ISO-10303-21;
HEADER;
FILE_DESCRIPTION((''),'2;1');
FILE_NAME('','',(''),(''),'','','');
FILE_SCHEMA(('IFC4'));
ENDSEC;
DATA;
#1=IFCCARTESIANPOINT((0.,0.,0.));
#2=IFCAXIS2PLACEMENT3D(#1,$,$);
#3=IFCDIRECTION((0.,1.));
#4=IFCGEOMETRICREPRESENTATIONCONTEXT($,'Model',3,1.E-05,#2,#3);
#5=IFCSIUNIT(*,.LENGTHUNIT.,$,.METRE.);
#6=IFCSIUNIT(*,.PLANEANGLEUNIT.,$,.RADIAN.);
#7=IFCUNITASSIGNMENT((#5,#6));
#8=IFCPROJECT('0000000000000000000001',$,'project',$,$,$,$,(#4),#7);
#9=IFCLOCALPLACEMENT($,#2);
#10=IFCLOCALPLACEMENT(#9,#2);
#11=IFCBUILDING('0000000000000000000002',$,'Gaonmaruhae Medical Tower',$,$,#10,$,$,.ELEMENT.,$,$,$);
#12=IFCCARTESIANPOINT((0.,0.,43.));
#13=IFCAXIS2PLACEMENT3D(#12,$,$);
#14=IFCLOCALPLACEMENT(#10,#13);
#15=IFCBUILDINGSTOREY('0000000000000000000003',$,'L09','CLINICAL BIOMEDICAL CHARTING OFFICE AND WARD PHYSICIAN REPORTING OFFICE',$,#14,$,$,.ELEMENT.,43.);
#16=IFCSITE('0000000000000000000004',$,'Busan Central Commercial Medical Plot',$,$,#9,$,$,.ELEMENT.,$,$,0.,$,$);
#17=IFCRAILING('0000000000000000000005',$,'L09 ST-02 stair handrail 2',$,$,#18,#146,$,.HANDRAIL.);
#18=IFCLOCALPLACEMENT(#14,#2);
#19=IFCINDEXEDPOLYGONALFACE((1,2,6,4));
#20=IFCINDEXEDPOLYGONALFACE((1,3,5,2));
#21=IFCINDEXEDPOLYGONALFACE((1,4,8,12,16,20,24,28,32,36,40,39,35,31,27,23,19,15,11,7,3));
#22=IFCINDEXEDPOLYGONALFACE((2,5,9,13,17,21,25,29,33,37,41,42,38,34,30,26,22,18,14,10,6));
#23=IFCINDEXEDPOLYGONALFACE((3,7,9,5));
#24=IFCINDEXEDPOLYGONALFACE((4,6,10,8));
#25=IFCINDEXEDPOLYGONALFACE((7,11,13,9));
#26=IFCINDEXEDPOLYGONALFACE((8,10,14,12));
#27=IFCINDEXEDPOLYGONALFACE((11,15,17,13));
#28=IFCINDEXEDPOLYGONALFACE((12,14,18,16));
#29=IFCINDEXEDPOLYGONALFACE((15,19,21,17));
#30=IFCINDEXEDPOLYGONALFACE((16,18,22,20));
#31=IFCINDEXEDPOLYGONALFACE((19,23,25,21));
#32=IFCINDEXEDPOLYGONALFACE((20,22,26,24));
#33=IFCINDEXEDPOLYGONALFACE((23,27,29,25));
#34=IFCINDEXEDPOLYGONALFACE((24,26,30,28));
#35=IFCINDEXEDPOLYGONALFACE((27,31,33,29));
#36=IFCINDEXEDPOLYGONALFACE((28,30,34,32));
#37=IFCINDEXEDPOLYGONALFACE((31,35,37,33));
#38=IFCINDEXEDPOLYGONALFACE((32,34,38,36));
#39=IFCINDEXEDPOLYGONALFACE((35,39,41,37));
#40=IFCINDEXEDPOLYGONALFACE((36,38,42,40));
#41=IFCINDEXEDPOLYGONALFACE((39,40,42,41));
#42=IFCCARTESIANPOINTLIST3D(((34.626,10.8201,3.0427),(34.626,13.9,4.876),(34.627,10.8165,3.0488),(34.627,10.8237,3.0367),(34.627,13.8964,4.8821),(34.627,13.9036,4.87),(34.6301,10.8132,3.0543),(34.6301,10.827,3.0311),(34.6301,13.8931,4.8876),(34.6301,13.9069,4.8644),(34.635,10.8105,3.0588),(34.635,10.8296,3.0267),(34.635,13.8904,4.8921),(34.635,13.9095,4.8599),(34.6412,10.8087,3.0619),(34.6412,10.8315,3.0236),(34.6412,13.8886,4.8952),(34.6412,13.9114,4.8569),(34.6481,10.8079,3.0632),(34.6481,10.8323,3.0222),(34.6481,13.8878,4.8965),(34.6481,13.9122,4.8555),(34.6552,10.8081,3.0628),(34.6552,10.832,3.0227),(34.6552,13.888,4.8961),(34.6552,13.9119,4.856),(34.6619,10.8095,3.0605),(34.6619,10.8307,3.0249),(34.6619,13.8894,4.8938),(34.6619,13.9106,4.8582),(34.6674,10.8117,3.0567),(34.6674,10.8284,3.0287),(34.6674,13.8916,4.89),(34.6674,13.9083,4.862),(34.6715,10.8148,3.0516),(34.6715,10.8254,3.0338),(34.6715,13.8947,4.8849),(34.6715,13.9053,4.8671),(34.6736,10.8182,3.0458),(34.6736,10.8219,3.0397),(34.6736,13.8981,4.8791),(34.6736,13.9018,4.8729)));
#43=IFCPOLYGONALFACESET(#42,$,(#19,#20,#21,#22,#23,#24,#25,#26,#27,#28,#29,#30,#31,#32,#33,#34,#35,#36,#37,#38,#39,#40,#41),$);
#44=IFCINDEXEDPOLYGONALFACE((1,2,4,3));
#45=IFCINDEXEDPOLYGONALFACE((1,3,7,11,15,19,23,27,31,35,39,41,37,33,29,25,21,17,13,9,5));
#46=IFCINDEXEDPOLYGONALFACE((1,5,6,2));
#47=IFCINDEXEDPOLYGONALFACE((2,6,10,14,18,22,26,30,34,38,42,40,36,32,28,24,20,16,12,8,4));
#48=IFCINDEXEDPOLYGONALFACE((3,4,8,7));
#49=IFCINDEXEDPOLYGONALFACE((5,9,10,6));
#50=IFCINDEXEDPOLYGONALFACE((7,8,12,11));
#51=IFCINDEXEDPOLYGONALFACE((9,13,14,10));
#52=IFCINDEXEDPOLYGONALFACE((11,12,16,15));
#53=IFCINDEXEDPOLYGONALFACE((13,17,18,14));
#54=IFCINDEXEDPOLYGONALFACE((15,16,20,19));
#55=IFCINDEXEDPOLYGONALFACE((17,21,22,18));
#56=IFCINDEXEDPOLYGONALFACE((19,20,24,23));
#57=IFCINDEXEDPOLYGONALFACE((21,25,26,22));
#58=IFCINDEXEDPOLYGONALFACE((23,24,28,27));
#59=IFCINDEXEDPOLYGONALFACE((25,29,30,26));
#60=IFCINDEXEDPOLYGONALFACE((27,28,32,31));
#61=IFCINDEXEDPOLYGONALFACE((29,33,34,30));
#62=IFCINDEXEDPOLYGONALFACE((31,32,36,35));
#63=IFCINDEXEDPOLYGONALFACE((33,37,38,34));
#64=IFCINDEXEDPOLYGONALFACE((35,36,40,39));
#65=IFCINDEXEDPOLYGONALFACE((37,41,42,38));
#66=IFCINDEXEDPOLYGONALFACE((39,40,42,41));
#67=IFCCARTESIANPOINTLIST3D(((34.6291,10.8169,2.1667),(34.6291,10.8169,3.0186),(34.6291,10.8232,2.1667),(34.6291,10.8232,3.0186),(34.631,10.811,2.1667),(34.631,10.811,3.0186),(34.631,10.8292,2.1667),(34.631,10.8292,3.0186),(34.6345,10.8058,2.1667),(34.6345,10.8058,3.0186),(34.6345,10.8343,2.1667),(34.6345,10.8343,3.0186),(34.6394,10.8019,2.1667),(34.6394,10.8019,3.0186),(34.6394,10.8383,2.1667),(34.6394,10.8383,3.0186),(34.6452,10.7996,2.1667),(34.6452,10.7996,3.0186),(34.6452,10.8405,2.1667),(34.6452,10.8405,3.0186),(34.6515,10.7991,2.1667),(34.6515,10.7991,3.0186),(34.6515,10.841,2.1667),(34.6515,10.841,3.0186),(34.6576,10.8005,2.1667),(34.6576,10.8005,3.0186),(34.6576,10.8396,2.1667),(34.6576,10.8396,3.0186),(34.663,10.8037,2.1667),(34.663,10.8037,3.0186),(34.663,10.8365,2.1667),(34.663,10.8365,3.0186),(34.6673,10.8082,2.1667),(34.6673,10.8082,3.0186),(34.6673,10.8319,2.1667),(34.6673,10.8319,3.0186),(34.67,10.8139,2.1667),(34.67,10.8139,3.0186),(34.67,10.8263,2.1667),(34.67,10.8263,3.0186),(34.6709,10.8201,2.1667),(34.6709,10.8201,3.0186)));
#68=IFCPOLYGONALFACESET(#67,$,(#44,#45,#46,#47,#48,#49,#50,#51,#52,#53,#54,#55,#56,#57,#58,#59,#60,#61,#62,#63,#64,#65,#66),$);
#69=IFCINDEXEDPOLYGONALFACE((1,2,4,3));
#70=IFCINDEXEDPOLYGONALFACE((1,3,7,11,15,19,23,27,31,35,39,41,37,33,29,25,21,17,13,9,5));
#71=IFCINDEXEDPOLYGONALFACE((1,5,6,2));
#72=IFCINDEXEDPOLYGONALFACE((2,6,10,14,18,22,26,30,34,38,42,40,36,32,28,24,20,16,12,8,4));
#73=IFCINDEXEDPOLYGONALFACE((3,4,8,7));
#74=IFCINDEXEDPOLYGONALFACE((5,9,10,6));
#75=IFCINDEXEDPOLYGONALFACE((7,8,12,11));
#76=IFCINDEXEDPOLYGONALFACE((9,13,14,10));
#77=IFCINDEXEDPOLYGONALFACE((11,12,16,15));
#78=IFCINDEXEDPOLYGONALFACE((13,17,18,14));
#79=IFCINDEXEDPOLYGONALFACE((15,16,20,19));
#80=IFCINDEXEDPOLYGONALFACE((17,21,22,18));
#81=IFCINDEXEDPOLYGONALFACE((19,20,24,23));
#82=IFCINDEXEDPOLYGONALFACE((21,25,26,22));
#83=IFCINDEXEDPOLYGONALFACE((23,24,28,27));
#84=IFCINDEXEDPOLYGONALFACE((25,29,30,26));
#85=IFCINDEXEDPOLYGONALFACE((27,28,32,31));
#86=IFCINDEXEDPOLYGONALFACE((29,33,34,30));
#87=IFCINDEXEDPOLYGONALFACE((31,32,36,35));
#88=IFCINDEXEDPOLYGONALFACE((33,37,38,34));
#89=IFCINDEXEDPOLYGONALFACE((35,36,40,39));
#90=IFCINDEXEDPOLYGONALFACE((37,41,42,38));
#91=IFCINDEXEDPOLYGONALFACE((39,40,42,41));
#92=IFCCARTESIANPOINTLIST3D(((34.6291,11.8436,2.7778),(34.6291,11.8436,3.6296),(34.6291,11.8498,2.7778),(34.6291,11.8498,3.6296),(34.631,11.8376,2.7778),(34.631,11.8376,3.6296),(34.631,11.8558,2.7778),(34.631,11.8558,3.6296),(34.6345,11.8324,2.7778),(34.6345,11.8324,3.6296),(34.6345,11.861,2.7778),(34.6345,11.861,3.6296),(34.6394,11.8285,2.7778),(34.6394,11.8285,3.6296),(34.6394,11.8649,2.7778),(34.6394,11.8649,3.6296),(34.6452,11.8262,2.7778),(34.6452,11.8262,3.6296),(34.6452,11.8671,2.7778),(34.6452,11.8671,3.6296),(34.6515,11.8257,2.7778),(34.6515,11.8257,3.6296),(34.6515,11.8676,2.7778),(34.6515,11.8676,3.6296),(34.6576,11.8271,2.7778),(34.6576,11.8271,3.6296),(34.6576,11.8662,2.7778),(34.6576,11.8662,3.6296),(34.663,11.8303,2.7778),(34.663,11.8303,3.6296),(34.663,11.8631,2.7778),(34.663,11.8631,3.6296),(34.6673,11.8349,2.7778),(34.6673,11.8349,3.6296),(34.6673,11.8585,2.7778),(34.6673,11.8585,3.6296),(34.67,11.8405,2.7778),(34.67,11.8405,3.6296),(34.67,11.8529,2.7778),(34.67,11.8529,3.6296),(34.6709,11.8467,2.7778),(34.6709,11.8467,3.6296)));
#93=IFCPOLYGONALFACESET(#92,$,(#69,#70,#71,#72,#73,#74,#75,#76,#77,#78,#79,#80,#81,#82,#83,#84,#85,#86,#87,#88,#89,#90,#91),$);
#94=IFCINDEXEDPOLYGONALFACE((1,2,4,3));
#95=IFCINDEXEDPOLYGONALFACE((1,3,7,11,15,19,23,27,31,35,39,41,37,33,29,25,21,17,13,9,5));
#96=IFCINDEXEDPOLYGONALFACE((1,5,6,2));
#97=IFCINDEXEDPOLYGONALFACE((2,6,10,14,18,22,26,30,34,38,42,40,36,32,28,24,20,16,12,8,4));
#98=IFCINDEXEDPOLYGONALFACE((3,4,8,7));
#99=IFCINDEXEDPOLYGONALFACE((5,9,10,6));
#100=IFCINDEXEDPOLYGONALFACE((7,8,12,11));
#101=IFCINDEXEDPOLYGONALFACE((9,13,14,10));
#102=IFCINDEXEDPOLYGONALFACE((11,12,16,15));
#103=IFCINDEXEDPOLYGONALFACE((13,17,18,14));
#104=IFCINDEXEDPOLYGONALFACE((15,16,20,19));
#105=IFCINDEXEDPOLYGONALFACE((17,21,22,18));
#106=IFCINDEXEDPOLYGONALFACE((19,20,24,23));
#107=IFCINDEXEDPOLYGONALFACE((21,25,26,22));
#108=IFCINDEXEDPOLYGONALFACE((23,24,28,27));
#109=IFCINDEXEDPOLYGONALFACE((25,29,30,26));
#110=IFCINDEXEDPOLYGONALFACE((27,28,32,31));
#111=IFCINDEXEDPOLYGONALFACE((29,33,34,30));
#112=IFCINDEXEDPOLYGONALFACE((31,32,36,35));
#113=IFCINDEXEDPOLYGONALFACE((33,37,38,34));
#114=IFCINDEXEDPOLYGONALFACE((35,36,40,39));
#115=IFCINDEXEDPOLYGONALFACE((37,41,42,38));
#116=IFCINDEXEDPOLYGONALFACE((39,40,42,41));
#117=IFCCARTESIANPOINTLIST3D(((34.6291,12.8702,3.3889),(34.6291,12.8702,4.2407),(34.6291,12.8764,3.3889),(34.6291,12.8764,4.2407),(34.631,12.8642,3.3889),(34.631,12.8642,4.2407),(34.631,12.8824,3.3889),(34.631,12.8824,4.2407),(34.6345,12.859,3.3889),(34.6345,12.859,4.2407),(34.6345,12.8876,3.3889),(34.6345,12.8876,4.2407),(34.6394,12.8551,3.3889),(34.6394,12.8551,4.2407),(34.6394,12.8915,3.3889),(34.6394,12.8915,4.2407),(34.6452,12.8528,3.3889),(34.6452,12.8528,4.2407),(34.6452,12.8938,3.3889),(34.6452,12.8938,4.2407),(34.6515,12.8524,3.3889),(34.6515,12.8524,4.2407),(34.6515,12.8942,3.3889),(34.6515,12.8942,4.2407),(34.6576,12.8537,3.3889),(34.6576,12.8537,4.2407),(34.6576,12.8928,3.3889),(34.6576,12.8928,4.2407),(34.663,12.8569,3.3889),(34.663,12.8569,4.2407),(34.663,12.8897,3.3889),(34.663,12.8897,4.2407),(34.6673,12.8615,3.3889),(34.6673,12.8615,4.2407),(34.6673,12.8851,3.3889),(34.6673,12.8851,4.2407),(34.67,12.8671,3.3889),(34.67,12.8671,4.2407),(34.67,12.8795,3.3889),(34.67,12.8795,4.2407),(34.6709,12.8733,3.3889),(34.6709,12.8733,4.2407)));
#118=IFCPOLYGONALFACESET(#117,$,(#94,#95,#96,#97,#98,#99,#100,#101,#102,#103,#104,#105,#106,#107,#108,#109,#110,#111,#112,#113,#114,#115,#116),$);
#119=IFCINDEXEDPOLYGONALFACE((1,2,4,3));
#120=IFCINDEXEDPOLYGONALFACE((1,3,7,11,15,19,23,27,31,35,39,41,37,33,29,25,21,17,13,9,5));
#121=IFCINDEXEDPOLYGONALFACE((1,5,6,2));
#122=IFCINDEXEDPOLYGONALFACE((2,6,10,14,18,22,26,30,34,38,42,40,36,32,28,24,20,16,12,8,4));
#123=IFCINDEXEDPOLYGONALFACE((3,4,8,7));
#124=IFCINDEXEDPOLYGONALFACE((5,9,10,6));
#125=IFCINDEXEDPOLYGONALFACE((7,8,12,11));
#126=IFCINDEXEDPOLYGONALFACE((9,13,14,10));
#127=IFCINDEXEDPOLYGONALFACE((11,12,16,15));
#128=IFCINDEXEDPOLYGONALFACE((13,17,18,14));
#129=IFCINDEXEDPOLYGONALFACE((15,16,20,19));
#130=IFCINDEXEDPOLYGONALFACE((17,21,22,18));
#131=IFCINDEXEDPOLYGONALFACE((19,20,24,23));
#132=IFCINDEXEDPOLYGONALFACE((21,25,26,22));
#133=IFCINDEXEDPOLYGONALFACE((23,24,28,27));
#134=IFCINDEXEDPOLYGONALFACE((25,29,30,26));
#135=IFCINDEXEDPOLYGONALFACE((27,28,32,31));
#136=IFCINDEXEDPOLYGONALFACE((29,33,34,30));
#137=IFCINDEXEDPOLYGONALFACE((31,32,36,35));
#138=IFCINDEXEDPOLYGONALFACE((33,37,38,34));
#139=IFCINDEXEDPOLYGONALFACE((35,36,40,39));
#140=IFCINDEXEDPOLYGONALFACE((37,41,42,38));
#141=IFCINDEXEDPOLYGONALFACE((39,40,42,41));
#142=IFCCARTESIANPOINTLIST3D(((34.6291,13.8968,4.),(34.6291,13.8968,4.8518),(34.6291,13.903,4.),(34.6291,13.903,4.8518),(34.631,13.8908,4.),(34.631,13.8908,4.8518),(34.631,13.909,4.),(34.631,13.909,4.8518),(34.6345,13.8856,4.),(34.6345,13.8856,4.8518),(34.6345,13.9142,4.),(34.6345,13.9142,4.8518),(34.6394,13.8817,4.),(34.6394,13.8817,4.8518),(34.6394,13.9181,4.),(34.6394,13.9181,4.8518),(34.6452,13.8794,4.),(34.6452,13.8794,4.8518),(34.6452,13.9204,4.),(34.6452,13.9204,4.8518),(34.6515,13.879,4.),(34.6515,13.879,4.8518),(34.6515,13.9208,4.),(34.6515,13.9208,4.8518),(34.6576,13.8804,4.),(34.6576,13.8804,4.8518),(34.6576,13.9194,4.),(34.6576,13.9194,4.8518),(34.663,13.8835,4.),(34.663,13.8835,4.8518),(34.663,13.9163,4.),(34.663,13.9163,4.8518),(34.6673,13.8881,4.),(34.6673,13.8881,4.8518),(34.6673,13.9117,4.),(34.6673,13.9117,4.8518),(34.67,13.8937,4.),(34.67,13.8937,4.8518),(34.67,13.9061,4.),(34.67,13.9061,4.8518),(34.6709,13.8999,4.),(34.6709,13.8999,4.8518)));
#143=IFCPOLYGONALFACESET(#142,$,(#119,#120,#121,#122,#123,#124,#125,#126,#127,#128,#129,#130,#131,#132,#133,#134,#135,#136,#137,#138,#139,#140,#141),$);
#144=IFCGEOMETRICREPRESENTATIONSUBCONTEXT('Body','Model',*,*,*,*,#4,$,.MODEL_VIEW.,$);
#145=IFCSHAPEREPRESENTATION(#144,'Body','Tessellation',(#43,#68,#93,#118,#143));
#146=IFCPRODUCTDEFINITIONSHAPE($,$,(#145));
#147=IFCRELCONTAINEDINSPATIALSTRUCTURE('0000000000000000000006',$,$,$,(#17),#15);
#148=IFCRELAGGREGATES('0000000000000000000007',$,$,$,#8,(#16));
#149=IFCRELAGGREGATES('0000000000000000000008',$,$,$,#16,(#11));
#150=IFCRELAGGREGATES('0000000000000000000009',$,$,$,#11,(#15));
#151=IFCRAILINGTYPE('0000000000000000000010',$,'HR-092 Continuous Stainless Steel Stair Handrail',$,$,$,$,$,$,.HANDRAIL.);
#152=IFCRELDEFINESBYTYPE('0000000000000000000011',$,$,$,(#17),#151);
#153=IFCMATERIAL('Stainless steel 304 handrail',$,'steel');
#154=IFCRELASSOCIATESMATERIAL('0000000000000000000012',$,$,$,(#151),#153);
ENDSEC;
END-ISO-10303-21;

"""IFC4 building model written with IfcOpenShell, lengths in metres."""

from ifc_helpers import new_model, si_unit, direction, frame, origin, origin_2d, place, context, subcontext, project, spatial, circle, extrude, material, type_object, element, save


model = new_model("IFC4")

# Units and contexts
model_context = context("Model", 3, precision=1e-05, world=origin(), true_north=direction((0.0, 1.0)))
body_context = subcontext(model_context, "Body", "Model", "MODEL_VIEW")
ifc_project = project(units=[si_unit("LENGTHUNIT", "METRE"), si_unit("PLANEANGLEUNIT", "RADIAN")], contexts=[model_context])

# Site, building, storey
site_placement = place(None, origin())
site = spatial("IfcSite", under=ifc_project, at=site_placement, Name="Busan Central Commercial Medical Plot", CompositionType="ELEMENT", RefElevation=0.0)
building_placement = place(site_placement, origin())
building = spatial("IfcBuilding", under=site, at=building_placement, Name="Gaonmaruhae Medical Tower", CompositionType="ELEMENT")
storey_placement = place(building_placement, frame((0.0, 0.0, 43.0)))
storey = spatial("IfcBuildingStorey", under=building, at=storey_placement, Name="L09", Description="CLINICAL BIOMEDICAL CHARTING OFFICE AND WARD PHYSICIAN REPORTING OFFICE", CompositionType="ELEMENT", Elevation=43.0)

# Railing
ifc_material_1 = material(Name="Stainless steel 304 handrail", Category="steel")
railing_type_1 = type_object("IfcRailingType", Name="HR-092 Continuous Stainless Steel Stair Handrail", PredefinedType="HANDRAIL", material=ifc_material_1)
railing_1_placement = place(storey_placement, frame((34.6499, 10.8201, 2.1667)))
element("IfcRailing", 1, at=railing_1_placement, inside=storey, type_object=railing_type_1, Name="L09 ST-02 stair handrail 2", PredefinedType="HANDRAIL", context=body_context, shape_type="SweptSolid", body=[
    extrude(circle(Radius=0.0239, at=origin_2d()), frame((0.0, 0.0, 0.876), z_axis=(0.0, 0.859291, 0.511487), x_axis=(-1.0, 0.0, 0.0)), (0.0, 0.0, 1.0), 3.5842),
    extrude(circle(Radius=0.021, at=origin_2d()), origin(), (0.0, 0.0, 1.0), 0.8518),
    extrude(circle(Radius=0.021, at=origin_2d()), frame((0.0, 1.0266, 0.6111)), (0.0, 0.0, 1.0), 0.8518),
    extrude(circle(Radius=0.021, at=origin_2d()), frame((0.0, 2.0532, 1.2222)), (0.0, 0.0, 1.0), 0.8518),
    extrude(circle(Radius=0.021, at=origin_2d()), frame((0.0, 3.0798, 1.8333)), (0.0, 0.0, 1.0), 0.8518),
])

save(model, "model.ifc")
